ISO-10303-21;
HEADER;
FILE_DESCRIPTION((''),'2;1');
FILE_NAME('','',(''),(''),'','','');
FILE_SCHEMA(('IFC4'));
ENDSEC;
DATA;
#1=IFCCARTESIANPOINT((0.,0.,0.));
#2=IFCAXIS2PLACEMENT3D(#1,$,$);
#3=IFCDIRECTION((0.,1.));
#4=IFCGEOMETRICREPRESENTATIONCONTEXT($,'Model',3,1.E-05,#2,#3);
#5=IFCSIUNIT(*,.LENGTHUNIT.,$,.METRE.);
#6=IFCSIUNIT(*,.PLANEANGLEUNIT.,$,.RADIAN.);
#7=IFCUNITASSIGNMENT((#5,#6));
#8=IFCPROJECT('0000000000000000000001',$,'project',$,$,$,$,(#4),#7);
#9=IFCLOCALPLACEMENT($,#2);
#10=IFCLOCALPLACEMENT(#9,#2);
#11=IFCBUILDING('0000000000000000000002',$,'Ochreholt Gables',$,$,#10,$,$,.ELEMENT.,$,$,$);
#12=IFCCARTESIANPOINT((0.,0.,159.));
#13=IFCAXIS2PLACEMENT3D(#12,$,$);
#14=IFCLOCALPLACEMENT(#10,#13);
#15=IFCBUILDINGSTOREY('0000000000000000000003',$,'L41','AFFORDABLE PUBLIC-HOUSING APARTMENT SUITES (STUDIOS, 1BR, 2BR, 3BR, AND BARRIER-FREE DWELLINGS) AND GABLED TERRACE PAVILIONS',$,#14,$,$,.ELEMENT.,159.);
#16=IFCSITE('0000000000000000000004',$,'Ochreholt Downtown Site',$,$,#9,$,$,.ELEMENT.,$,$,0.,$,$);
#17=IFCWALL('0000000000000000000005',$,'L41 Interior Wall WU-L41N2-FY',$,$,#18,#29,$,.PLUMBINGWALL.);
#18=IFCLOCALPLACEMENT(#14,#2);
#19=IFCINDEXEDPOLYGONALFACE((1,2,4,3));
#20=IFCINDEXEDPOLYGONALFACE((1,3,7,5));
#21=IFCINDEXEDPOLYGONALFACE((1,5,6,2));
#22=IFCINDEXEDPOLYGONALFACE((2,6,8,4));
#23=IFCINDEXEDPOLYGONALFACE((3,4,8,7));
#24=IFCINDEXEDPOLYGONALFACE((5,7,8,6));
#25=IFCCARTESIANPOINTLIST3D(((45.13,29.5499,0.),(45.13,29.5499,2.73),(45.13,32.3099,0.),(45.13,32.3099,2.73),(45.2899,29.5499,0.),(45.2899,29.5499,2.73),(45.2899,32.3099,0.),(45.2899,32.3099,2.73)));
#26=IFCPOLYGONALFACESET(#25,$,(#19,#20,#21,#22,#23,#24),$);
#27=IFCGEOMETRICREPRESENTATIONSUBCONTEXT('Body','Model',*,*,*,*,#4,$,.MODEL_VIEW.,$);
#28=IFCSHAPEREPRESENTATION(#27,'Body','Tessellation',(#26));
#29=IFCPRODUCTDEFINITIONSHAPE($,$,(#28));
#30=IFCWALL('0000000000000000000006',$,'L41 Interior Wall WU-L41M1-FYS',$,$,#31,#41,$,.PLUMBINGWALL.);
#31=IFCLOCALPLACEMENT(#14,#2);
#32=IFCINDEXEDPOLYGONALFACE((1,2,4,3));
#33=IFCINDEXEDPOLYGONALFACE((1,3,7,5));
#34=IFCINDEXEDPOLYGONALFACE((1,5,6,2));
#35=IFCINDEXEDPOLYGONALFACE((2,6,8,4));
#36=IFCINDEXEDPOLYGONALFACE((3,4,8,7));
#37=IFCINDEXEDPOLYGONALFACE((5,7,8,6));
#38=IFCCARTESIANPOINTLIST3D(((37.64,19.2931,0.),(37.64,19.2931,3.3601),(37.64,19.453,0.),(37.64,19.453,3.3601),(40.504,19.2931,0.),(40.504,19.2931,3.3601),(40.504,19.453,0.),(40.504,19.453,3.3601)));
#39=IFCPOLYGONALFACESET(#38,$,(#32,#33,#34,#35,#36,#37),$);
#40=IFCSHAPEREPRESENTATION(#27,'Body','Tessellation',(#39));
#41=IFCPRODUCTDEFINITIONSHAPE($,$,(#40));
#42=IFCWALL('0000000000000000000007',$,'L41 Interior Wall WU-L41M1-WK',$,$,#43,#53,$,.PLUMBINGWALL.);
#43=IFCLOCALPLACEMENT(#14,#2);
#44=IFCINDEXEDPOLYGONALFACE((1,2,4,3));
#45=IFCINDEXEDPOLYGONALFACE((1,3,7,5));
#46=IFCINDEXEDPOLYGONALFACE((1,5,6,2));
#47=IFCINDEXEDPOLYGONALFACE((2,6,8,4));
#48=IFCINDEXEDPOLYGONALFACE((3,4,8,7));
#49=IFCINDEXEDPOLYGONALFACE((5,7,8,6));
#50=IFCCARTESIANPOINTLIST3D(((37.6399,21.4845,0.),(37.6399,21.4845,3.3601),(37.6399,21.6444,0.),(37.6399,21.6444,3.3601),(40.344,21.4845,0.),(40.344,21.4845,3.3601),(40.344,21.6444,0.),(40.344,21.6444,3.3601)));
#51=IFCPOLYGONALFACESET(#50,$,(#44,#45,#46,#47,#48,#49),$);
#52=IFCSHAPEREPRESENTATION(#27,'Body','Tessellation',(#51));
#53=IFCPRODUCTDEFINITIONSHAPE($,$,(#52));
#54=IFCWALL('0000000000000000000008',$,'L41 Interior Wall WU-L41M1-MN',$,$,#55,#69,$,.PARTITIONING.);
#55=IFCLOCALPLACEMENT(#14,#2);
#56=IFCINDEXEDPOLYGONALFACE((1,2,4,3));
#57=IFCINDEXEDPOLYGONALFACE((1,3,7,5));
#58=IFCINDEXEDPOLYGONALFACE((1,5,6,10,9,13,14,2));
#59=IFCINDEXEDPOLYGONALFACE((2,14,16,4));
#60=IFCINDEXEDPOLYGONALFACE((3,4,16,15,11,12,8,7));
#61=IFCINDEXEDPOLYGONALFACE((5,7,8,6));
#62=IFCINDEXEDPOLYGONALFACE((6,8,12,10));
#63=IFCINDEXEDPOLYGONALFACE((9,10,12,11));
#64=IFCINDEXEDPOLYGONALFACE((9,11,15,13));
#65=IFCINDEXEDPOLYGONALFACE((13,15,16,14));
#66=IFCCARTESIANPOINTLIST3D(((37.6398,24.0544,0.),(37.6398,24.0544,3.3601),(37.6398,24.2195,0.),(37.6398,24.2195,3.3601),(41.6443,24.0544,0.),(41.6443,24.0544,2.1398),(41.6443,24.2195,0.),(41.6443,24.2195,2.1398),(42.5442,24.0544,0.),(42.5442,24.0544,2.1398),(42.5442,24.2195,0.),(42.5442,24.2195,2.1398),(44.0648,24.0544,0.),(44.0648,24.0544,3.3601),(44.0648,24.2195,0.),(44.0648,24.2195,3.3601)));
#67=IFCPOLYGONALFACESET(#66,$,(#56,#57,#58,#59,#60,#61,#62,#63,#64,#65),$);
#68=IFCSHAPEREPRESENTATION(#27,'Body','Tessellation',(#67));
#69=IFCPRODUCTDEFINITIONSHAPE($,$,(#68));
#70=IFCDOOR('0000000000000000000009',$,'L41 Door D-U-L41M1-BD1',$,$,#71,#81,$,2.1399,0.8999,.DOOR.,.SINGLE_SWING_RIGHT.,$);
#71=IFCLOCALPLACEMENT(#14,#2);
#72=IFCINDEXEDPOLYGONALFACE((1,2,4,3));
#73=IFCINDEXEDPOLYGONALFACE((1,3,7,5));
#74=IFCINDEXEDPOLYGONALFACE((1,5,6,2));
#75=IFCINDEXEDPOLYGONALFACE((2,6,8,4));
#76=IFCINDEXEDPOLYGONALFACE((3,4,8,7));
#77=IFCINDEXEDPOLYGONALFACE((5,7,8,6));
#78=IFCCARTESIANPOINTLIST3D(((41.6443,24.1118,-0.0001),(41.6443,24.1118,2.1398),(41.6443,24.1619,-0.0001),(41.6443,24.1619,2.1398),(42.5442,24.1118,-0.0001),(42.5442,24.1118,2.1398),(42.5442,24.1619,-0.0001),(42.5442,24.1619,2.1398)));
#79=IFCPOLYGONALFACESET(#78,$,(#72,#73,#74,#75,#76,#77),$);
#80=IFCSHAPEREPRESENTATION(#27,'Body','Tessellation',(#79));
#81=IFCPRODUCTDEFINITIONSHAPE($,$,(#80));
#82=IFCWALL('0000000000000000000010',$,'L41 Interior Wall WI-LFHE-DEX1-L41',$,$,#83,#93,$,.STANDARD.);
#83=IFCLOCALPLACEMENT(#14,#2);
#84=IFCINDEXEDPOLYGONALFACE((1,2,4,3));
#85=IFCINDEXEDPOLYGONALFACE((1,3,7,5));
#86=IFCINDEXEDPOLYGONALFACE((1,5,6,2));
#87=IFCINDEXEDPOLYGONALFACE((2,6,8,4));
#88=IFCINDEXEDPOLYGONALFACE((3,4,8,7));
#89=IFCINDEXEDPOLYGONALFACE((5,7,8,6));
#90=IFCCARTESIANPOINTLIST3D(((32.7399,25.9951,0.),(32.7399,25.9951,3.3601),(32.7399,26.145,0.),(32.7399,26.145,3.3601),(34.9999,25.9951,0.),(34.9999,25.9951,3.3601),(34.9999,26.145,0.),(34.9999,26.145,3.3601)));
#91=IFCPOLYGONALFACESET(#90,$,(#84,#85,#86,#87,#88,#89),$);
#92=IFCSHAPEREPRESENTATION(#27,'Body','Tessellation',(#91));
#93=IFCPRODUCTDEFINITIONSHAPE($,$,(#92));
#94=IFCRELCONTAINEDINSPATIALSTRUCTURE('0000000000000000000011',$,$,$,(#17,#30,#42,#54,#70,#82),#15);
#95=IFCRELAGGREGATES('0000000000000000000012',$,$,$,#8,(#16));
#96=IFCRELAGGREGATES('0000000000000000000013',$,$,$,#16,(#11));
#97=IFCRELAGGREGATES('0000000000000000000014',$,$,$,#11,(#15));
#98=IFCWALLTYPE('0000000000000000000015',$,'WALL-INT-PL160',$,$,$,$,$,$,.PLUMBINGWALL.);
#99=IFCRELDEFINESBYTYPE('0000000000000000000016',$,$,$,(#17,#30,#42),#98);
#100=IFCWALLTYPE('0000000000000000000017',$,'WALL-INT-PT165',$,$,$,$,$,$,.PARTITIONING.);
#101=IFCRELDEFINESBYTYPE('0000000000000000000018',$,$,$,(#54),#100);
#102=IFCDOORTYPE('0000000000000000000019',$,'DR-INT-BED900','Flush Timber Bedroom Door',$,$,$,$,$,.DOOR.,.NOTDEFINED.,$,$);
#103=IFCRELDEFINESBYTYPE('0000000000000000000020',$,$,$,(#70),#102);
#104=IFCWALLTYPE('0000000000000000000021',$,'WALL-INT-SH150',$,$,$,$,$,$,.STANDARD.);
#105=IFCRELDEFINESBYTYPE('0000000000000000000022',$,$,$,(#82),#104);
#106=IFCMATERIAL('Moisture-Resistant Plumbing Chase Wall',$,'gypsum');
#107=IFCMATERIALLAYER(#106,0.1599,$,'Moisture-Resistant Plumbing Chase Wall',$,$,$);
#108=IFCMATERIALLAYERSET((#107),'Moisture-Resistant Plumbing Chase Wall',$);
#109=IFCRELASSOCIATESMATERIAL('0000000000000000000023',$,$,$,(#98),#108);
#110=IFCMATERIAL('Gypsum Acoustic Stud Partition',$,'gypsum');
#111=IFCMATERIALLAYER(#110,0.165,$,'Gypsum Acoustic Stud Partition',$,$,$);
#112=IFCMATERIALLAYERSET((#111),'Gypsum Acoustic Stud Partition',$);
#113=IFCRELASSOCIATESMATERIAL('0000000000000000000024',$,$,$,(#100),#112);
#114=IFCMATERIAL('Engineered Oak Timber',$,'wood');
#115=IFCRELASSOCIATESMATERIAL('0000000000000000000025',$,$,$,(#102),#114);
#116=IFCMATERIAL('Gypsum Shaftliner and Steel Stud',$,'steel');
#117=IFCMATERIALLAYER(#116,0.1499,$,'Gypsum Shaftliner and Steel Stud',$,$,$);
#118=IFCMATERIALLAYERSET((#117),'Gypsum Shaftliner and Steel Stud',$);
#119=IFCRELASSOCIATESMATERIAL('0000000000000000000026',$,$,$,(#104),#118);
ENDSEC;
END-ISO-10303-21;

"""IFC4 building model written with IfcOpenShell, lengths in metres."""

from ifc_helpers import new_model, si_unit, direction, frame, frame_2d, origin, place, context, subcontext, project, spatial, rectangle, extrude, material, layer, layer_set, type_object, element, fill, save


model = new_model("IFC4")

# Units and contexts
model_context = context("Model", 3, precision=1e-05, world=origin(), true_north=direction((0.0, 1.0)))
body_context = subcontext(model_context, "Body", "Model", "MODEL_VIEW")
ifc_project = project(units=[si_unit("LENGTHUNIT", "METRE"), si_unit("PLANEANGLEUNIT", "RADIAN")], contexts=[model_context])

# Site, building, storey
site_placement = place(None, origin())
site = spatial("IfcSite", under=ifc_project, at=site_placement, Name="Ochreholt Downtown Site", CompositionType="ELEMENT", RefElevation=0.0)
building_placement = place(site_placement, origin())
building = spatial("IfcBuilding", under=site, at=building_placement, Name="Ochreholt Gables", CompositionType="ELEMENT")
storey_placement = place(building_placement, frame((0.0, 0.0, 159.0)))
storey = spatial("IfcBuildingStorey", under=building, at=storey_placement, Name="L41", Description="AFFORDABLE PUBLIC-HOUSING APARTMENT SUITES (STUDIOS, 1BR, 2BR, 3BR, AND BARRIER-FREE DWELLINGS) AND GABLED TERRACE PAVILIONS", CompositionType="ELEMENT", Elevation=159.0)

# Shared definitions
ifc_material_1 = material(Name="Engineered Oak Timber", Category="wood")

# Walls
ifc_material_2 = material(Name="Moisture-Resistant Plumbing Chase Wall", Category="gypsum")
ifc_layer_1 = layer(ifc_material_2, 0.1599, Name="Moisture-Resistant Plumbing Chase Wall")
ifc_layer_set_1 = layer_set([ifc_layer_1], Name="Moisture-Resistant Plumbing Chase Wall")
wall_type_1 = type_object("IfcWallType", Name="WALL-INT-PL160", PredefinedType="PLUMBINGWALL", material=ifc_layer_set_1)
wall_1_placement = place(storey_placement, frame((45.21, 29.55, 0.0), z_axis=(0.0, 0.0, 1.0), x_axis=(0.0, 1.0, 0.0)))
element("IfcWall", 1, at=wall_1_placement, inside=storey, type_object=wall_type_1, Name="L41 Interior Wall WU-L41N2-FY", PredefinedType="PLUMBINGWALL", context=body_context, shape_type="SweptSolid", body=[
    extrude(rectangle(XDim=2.76, YDim=0.1599, at=frame_2d((1.3799, 0.0))), origin(), (0.0, 0.0, 1.0), 2.73),
])
wall_2_placement = place(storey_placement, frame((37.6399, 19.373, 0.0), z_axis=(0.0, 0.0, 1.0), x_axis=(1.0, 0.0, 0.0)))
element("IfcWall", 2, at=wall_2_placement, inside=storey, type_object=wall_type_1, Name="L41 Interior Wall WU-L41M1-FYS", PredefinedType="PLUMBINGWALL", context=body_context, shape_type="SweptSolid", body=[
    extrude(rectangle(XDim=2.864, YDim=0.1599, at=frame_2d((1.4321, 0.0))), origin(), (0.0, 0.0, 1.0), 3.3601),
])
wall_3_placement = place(storey_placement, frame((37.6399, 21.5645, 0.0), z_axis=(0.0, 0.0, 1.0), x_axis=(1.0, 0.0, 0.0)))
element("IfcWall", 3, at=wall_3_placement, inside=storey, type_object=wall_type_1, Name="L41 Interior Wall WU-L41M1-WK", PredefinedType="PLUMBINGWALL", context=body_context, shape_type="SweptSolid", body=[
    extrude(rectangle(XDim=2.7041, YDim=0.1599, at=frame_2d((1.3521, 0.0))), origin(), (0.0, 0.0, 1.0), 3.3601),
])

# Wall, opening, door
ifc_material_3 = material(Name="Gypsum Acoustic Stud Partition", Category="gypsum")
ifc_layer_2 = layer(ifc_material_3, 0.165, Name="Gypsum Acoustic Stud Partition")
ifc_layer_set_2 = layer_set([ifc_layer_2], Name="Gypsum Acoustic Stud Partition")
wall_type_2 = type_object("IfcWallType", Name="WALL-INT-PT165", PredefinedType="PARTITIONING", material=ifc_layer_set_2)
wall_4_placement = place(storey_placement, frame((37.6399, 24.137, 0.0), z_axis=(0.0, 0.0, 1.0), x_axis=(1.0, 0.0, 0.0)))
wall_4 = element("IfcWall", 4, at=wall_4_placement, inside=storey, type_object=wall_type_2, Name="L41 Interior Wall WU-L41M1-MN", PredefinedType="PARTITIONING", context=body_context, shape_type="SweptSolid", body=[
    extrude(rectangle(XDim=6.425, YDim=0.165, at=frame_2d((3.2124, 0.0))), origin(), (0.0, 0.0, 1.0), 3.3601),
])
opening_1_placement = place(wall_4_placement, frame((4.0044, 0.0, 0.0)))
opening_1 = element("IfcOpeningElement", 5, at=opening_1_placement, cuts=wall_4, PredefinedType="OPENING", context=body_context, shape_type="SweptSolid", body=[
    extrude(rectangle(XDim=0.8999, YDim=2.1399, at=frame_2d((0.45, 1.0698))), frame((0.0, 0.0925, 0.0), z_axis=(0.0, -1.0, 0.0), x_axis=(1.0, 0.0, 0.0)), (0.0, 0.0, 1.0), 0.1851),
])
door_type_1 = type_object("IfcDoorType", Name="DR-INT-BED900", Description="Flush Timber Bedroom Door", OperationType="NOTDEFINED", PredefinedType="DOOR", material=ifc_material_1)
door_1_placement = place(opening_1_placement, origin())
door_1 = element("IfcDoor", 6, at=door_1_placement, inside=storey, type_object=door_type_1, Name="L41 Door D-U-L41M1-BD1", OperationType="SINGLE_SWING_RIGHT", OverallHeight=2.1399, OverallWidth=0.8999, PredefinedType="DOOR", context=body_context, shape_type="SweptSolid", body=[
    extrude(rectangle(XDim=0.8999, YDim=2.1399, at=frame_2d((0.45, 1.0698))), frame((0.0, 0.0249, 0.0), z_axis=(0.0, -1.0, 0.0), x_axis=(1.0, 0.0, 0.0)), (0.0, 0.0, 1.0), 0.05),
])
fill(opening_1, door_1)

# Wall
ifc_material_4 = material(Name="Gypsum Shaftliner and Steel Stud", Category="steel")
ifc_layer_3 = layer(ifc_material_4, 0.1499, Name="Gypsum Shaftliner and Steel Stud")
ifc_layer_set_3 = layer_set([ifc_layer_3], Name="Gypsum Shaftliner and Steel Stud")
wall_type_3 = type_object("IfcWallType", Name="WALL-INT-SH150", PredefinedType="STANDARD", material=ifc_layer_set_3)
wall_5_placement = place(storey_placement, frame((32.74, 26.0701, 0.0), z_axis=(0.0, 0.0, 1.0), x_axis=(1.0, 0.0, 0.0)))
element("IfcWall", 7, at=wall_5_placement, inside=storey, type_object=wall_type_3, Name="L41 Interior Wall WI-LFHE-DEX1-L41", PredefinedType="STANDARD", context=body_context, shape_type="SweptSolid", body=[
    extrude(rectangle(XDim=2.26, YDim=0.1499, at=frame_2d((1.1299, 0.0))), origin(), (0.0, 0.0, 1.0), 3.3601),
])

save(model, "model.ifc")
